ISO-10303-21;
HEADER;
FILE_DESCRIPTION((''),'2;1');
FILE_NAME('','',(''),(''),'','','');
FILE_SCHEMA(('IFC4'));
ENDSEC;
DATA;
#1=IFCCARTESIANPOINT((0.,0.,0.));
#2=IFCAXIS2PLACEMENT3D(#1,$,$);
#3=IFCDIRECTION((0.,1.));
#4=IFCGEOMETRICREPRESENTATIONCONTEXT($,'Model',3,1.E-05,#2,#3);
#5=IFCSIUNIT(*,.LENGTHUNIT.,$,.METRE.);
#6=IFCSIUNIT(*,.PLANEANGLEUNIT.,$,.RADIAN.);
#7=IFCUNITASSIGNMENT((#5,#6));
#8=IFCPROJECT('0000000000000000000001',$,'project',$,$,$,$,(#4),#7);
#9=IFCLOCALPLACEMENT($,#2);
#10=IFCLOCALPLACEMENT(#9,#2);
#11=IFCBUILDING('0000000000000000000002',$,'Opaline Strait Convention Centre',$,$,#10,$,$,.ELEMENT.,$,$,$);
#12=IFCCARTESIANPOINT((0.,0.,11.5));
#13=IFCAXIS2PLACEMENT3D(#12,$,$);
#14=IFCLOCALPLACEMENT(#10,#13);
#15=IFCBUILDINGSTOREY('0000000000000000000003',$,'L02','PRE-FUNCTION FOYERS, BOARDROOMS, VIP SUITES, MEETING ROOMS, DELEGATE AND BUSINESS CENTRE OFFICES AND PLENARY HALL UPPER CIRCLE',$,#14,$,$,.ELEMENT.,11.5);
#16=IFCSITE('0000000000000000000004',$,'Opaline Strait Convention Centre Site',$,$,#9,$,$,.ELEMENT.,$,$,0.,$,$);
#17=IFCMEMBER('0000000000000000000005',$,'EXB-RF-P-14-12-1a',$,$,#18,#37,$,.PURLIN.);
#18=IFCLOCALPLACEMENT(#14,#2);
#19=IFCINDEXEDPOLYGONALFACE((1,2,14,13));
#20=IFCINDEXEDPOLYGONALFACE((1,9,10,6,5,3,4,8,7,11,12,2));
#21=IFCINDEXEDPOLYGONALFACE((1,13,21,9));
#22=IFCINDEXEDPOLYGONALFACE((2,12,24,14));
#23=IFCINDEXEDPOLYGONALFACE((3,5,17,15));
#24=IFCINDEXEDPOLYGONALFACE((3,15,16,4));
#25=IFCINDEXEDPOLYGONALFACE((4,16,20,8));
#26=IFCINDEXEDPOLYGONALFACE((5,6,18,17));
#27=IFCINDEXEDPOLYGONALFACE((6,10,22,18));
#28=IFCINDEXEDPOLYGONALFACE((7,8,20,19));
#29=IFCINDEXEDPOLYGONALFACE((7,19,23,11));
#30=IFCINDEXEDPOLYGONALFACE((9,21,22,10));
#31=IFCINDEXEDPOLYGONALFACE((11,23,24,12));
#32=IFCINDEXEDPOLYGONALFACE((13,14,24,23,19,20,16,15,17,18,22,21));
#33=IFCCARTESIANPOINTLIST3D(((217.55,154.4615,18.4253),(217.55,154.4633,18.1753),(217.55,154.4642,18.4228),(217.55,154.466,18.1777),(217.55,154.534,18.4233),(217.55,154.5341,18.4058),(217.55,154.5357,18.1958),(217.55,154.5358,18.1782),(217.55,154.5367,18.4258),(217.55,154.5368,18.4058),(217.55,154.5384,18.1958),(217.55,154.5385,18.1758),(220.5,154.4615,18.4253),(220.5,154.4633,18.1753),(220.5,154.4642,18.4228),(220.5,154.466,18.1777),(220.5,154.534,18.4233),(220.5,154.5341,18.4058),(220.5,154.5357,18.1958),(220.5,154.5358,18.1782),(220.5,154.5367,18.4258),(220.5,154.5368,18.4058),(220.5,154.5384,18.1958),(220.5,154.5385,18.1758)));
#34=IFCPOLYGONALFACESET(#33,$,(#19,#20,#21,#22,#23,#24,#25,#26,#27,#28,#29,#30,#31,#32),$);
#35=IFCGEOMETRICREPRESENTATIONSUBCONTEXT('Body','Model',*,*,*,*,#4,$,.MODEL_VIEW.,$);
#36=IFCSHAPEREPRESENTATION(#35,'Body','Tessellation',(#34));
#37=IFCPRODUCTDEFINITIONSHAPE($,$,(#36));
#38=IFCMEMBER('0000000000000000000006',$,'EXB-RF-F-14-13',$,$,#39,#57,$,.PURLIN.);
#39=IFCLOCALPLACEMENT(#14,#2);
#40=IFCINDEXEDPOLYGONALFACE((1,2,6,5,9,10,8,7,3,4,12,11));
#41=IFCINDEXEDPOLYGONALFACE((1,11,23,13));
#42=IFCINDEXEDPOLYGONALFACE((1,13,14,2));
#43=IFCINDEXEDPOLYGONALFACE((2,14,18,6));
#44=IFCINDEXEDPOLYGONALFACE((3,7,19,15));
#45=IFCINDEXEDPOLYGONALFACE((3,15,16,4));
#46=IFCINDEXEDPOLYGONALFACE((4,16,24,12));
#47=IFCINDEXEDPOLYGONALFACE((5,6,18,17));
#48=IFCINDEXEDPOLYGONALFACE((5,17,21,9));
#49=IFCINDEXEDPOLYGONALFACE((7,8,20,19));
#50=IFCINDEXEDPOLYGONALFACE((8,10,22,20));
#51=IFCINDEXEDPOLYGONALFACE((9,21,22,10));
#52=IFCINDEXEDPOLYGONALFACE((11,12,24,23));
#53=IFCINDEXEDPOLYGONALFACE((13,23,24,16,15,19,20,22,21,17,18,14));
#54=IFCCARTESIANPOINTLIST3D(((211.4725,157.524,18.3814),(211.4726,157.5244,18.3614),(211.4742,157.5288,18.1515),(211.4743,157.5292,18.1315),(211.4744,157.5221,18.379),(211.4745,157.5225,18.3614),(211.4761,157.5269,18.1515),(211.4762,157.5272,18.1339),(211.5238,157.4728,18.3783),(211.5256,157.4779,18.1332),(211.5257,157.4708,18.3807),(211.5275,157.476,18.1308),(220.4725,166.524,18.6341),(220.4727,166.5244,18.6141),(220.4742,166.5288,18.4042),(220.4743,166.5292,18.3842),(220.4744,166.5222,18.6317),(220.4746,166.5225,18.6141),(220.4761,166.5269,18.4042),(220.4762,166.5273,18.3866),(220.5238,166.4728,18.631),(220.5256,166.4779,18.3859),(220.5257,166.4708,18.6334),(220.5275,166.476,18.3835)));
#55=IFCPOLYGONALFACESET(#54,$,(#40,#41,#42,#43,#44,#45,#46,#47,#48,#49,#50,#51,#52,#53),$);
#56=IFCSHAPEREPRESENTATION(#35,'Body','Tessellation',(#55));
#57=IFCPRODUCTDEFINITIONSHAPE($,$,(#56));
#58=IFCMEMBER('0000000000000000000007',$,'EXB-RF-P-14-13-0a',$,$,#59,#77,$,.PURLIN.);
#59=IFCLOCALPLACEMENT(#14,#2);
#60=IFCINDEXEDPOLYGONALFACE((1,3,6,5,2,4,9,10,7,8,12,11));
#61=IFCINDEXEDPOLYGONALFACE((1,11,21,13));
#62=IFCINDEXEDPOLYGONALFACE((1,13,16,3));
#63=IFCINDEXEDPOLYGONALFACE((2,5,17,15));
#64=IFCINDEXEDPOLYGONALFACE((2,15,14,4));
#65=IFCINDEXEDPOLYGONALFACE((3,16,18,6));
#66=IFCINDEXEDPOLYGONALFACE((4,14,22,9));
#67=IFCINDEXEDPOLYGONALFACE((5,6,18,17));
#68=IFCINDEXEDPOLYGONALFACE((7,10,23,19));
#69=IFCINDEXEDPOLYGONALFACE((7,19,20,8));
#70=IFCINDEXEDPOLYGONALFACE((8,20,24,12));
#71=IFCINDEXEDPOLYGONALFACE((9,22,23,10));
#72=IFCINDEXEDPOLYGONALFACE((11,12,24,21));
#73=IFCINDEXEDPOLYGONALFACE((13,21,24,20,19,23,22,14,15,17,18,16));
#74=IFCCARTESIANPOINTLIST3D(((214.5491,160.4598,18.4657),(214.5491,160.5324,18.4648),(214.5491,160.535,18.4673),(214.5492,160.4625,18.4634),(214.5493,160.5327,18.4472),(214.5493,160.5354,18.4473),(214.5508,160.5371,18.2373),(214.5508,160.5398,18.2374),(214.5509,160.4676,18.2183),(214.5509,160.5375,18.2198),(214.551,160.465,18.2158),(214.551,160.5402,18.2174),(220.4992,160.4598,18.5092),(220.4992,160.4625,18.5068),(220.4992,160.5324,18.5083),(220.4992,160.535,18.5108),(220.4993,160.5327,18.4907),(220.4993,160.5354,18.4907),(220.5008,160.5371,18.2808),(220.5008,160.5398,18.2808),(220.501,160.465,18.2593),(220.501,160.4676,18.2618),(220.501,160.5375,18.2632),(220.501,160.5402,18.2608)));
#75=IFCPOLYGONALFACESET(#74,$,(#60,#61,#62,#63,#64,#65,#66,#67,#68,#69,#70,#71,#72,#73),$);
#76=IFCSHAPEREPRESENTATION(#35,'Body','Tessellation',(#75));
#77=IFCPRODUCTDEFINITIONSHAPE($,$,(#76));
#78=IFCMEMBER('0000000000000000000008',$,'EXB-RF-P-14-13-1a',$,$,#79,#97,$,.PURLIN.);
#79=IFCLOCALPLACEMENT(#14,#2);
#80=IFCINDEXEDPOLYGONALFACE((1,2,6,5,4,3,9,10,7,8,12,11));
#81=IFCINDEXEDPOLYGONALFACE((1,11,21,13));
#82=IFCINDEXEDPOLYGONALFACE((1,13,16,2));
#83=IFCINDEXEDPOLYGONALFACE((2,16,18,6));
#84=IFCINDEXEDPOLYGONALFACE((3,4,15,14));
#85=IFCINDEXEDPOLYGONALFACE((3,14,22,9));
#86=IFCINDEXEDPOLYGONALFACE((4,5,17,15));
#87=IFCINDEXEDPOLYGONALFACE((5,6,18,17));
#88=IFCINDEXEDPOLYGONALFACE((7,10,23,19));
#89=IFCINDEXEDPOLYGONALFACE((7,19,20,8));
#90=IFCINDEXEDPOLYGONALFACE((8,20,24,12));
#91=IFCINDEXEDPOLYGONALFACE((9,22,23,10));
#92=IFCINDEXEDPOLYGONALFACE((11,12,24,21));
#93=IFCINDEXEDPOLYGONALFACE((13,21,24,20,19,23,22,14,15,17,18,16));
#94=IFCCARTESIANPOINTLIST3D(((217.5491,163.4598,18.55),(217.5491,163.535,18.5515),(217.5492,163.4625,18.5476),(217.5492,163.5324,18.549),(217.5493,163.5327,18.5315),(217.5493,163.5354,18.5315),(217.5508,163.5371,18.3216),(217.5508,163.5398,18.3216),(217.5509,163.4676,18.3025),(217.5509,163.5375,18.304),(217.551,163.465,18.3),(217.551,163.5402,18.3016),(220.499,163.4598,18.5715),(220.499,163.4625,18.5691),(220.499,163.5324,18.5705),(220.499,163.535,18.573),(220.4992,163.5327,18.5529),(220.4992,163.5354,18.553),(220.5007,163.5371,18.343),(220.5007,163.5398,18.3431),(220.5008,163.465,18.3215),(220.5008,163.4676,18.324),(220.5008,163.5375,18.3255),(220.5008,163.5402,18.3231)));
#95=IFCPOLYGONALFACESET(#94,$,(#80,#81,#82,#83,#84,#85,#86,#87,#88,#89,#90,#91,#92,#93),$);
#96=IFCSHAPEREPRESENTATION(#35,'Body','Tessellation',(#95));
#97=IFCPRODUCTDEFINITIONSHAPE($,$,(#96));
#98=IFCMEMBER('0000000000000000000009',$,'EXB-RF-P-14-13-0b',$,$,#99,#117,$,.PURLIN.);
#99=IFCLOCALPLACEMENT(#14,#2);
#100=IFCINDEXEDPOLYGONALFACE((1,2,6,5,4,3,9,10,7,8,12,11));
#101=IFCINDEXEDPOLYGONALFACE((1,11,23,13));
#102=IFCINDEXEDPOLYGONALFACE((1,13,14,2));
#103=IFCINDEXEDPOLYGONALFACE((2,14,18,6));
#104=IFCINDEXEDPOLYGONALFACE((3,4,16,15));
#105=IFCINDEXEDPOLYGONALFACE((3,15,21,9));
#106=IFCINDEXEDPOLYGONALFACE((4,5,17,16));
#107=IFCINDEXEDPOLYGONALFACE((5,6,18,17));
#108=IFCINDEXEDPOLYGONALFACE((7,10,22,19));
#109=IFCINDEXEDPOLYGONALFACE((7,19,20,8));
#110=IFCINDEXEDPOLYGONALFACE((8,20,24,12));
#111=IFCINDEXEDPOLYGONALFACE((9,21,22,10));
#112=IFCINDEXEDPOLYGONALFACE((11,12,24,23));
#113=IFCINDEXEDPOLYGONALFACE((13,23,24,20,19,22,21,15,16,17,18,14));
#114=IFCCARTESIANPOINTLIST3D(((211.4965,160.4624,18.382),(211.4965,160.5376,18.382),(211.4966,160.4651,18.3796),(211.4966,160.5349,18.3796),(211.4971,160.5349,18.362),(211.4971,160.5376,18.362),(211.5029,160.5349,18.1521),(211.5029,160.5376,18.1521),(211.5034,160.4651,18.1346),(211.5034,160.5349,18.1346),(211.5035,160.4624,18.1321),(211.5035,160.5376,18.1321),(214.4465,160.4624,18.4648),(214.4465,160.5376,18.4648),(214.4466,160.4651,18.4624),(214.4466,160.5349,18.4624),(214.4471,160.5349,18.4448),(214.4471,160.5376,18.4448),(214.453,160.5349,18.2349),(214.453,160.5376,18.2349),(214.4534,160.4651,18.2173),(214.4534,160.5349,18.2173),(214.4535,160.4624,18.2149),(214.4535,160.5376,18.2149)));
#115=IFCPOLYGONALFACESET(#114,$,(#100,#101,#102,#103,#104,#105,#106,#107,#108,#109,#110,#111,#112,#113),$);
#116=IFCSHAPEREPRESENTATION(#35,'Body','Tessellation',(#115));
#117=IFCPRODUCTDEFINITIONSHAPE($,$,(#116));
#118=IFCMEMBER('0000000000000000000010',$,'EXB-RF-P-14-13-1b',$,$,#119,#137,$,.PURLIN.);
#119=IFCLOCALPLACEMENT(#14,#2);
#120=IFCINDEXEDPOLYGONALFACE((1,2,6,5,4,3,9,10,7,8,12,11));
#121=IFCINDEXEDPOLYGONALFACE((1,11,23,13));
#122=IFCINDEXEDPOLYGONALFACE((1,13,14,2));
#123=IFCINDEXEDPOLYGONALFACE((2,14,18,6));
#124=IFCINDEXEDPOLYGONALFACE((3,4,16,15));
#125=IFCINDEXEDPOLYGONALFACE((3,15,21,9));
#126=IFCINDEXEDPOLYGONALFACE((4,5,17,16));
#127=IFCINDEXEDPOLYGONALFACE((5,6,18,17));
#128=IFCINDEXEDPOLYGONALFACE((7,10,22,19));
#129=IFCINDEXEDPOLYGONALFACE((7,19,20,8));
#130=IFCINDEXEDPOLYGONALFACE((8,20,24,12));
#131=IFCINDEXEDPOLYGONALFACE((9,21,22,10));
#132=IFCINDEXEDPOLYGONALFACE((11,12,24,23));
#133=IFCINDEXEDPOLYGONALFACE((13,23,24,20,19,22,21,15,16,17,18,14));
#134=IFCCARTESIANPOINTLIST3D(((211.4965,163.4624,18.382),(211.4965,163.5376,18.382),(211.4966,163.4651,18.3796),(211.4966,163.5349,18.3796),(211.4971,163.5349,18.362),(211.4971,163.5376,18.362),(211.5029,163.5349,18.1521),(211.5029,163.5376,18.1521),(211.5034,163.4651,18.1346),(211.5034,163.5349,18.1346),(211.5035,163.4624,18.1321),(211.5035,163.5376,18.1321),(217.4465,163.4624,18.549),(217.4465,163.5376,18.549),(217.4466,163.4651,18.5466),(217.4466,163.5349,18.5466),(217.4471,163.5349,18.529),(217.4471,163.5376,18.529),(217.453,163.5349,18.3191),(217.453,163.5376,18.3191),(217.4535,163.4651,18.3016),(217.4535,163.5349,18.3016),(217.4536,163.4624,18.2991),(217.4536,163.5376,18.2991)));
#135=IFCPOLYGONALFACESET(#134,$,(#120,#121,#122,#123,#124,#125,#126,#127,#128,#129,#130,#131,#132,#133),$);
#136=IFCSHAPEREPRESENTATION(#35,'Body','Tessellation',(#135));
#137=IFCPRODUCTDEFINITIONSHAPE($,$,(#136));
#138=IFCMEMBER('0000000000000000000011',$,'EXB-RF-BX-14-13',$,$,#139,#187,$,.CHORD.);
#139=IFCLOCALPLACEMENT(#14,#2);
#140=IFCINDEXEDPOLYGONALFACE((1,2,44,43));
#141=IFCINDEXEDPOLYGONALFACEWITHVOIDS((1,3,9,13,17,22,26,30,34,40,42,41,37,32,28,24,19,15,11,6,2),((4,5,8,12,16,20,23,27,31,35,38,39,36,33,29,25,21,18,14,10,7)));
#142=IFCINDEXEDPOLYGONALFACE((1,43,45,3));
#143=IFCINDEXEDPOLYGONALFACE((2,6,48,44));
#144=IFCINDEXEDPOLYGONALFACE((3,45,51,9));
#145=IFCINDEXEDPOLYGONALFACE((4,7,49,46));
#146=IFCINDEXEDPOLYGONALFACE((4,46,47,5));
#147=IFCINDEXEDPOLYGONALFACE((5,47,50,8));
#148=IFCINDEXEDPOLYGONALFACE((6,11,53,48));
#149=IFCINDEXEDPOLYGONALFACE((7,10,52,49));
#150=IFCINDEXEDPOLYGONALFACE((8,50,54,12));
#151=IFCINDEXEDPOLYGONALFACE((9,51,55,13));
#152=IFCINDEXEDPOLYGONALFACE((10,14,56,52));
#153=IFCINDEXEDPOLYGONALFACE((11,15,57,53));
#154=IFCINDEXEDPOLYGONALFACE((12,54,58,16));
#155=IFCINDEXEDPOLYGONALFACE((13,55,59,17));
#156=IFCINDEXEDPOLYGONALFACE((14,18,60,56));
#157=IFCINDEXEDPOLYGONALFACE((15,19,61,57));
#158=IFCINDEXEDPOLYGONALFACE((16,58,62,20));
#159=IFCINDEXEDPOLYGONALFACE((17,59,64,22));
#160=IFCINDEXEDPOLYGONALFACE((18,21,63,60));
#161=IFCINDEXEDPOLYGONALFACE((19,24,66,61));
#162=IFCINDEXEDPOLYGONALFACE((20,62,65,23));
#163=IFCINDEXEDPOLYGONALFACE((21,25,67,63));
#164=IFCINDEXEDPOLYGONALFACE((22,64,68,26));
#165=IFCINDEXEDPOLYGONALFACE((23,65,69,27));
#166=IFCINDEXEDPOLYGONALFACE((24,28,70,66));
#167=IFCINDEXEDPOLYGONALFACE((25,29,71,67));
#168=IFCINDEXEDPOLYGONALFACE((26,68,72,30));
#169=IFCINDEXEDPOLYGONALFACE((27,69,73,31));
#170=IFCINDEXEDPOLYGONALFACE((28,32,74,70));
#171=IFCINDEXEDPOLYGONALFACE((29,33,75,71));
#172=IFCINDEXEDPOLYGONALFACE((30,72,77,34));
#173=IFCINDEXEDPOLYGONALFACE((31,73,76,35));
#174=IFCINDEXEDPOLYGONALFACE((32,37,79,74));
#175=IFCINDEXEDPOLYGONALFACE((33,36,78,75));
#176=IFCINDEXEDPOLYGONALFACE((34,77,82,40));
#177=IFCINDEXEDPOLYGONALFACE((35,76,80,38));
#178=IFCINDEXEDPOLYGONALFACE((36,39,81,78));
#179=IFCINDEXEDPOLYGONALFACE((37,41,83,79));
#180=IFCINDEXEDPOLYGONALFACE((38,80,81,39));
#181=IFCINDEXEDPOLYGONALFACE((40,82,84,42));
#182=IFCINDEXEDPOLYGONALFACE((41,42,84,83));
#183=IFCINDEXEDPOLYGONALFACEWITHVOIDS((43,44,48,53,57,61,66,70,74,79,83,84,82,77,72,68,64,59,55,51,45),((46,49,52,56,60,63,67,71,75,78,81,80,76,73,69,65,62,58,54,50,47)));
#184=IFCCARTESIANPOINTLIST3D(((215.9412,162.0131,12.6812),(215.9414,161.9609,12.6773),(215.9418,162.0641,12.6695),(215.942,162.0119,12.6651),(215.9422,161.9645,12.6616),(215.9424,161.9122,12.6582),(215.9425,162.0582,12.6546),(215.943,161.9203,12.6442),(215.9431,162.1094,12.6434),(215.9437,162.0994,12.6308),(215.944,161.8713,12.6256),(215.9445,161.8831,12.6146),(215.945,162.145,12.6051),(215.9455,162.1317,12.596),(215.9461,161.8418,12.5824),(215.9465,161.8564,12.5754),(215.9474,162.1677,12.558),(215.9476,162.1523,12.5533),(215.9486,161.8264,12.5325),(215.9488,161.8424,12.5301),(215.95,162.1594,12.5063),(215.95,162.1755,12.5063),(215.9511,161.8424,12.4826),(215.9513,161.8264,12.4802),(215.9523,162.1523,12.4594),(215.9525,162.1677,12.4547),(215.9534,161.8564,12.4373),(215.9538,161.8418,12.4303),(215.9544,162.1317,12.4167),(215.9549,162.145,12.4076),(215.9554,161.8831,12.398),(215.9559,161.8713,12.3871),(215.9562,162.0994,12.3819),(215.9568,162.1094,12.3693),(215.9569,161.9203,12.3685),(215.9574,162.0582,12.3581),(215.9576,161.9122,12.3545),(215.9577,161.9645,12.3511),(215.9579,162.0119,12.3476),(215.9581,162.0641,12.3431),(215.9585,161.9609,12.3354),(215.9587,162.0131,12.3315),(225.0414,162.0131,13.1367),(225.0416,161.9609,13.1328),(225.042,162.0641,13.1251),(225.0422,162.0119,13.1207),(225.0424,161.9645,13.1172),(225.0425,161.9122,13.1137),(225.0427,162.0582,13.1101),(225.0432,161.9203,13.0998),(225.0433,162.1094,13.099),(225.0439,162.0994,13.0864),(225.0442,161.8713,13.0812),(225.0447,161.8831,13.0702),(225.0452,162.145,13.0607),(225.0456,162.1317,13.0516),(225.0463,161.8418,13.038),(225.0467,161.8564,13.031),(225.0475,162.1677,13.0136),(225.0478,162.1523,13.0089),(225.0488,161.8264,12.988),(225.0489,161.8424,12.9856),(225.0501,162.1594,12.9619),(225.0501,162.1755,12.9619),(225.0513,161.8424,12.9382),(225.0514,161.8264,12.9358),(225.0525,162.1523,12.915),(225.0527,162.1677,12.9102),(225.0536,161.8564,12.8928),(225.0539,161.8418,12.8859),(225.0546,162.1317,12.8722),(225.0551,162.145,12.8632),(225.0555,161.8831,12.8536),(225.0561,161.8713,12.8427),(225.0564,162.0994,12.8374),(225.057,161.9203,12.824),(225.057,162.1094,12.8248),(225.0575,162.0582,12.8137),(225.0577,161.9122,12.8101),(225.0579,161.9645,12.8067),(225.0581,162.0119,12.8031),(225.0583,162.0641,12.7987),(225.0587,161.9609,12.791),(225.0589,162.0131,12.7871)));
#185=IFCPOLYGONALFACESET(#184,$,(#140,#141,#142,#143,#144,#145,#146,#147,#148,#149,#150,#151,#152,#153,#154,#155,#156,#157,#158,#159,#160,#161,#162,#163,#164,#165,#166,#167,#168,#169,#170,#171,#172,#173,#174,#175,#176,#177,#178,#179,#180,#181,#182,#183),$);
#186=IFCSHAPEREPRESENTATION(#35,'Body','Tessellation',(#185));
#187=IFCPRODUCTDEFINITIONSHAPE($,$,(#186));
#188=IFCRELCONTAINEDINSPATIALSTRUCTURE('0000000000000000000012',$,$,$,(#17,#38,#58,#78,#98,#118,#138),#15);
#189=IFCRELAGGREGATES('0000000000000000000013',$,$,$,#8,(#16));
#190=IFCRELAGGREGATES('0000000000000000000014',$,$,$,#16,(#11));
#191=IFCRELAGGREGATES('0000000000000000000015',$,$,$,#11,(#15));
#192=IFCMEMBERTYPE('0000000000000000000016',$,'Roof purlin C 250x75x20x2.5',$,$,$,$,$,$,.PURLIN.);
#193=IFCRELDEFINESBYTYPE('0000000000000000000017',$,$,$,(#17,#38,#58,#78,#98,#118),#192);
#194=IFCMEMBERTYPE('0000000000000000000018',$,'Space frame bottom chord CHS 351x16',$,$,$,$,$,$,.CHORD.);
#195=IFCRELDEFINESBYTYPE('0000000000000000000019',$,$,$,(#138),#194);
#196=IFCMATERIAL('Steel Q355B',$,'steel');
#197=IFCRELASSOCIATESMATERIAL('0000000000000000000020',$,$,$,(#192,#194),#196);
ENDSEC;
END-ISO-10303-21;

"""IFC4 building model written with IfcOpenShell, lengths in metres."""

from ifc_helpers import new_model, si_unit, direction, frame, origin, origin_2d, place, context, subcontext, project, spatial, polyline, hollow_circle, outline, extrude, material, material_profile, profile_set, type_object, element, save


model = new_model("IFC4")

# Units and contexts
model_context = context("Model", 3, precision=1e-05, world=origin(), true_north=direction((0.0, 1.0)))
body_context = subcontext(model_context, "Body", "Model", "MODEL_VIEW")
ifc_project = project(units=[si_unit("LENGTHUNIT", "METRE"), si_unit("PLANEANGLEUNIT", "RADIAN")], contexts=[model_context])

# Site, building, storey
site_placement = place(None, origin())
site = spatial("IfcSite", under=ifc_project, at=site_placement, Name="Opaline Strait Convention Centre Site", CompositionType="ELEMENT", RefElevation=0.0)
building_placement = place(site_placement, origin())
building = spatial("IfcBuilding", under=site, at=building_placement, Name="Opaline Strait Convention Centre", CompositionType="ELEMENT")
storey_placement = place(building_placement, frame((0.0, 0.0, 11.5)))
storey = spatial("IfcBuildingStorey", under=building, at=storey_placement, Name="L02", Description="PRE-FUNCTION FOYERS, BOARDROOMS, VIP SUITES, MEETING ROOMS, DELEGATE AND BUSINESS CENTRE OFFICES AND PLENARY HALL UPPER CIRCLE", CompositionType="ELEMENT", Elevation=11.5)

# Members
ifc_material_1 = material(Name="Steel Q355B", Category="steel")
ifc_material_profile_1 = material_profile(ifc_material_1, outline(polyline([(-0.0376, -0.125), (0.0376, -0.125), (0.0376, -0.105), (0.0349, -0.105), (0.0349, -0.1226), (-0.0349, -0.1226), (-0.0349, 0.1226), (0.0349, 0.1226), (0.0349, 0.105), (0.0376, 0.105), (0.0376, 0.125), (-0.0376, 0.125), (-0.0376, -0.125)])), Name="C 250x75x20x2.5")
ifc_profile_set_1 = profile_set([ifc_material_profile_1], Name="Steel Q355B")
member_type_1 = type_object("IfcMemberType", Name="Roof purlin C 250x75x20x2.5", PredefinedType="PURLIN", material=ifc_profile_set_1)
member_1_placement = place(storey_placement, frame((217.55, 154.5, 18.3005), z_axis=(1.0, 0.0, 0.0), x_axis=(0.0, 0.999974, 0.007274)))
element("IfcMember", 1, at=member_1_placement, inside=storey, type_object=member_type_1, Name="EXB-RF-P-14-12-1a", PredefinedType="PURLIN", context=body_context, shape_type="SweptSolid", body=[
    extrude(outline(polyline([(-0.0376, -0.125), (0.0376, -0.125), (0.0376, -0.105), (0.0349, -0.105), (0.0349, -0.1226), (-0.0349, -0.1226), (-0.0349, 0.1226), (0.0349, 0.1226), (0.0349, 0.105), (0.0376, 0.105), (0.0376, 0.125), (-0.0376, 0.125), (-0.0376, -0.125)])), origin(), (0.0, 0.0, 1.0), 2.95),
])
member_2_placement = place(storey_placement, frame((211.5, 157.5, 18.2561), z_axis=(0.706967, 0.706967, 0.019849), x_axis=(-0.707209, 0.70694, 0.009562)))
element("IfcMember", 2, at=member_2_placement, inside=storey, type_object=member_type_1, Name="EXB-RF-F-14-13", PredefinedType="PURLIN", context=body_context, shape_type="SweptSolid", body=[
    extrude(outline(polyline([(-0.0376, -0.125), (0.0376, -0.125), (0.0376, -0.105), (0.0349, -0.105), (0.0349, -0.1226), (-0.0349, -0.1226), (-0.0349, 0.1226), (0.0349, 0.1226), (0.0349, 0.105), (0.0376, 0.105), (0.0376, 0.125), (-0.0376, 0.125), (-0.0376, -0.125)])), origin(), (0.0, 0.0, 1.0), 12.7305),
])
member_3_placement = place(storey_placement, frame((214.55, 160.5, 18.3416), z_axis=(0.999973, 0.0, 0.007304), x_axis=(-0.000152, 0.999784, 0.020799)))
element("IfcMember", 3, at=member_3_placement, inside=storey, type_object=member_type_1, Name="EXB-RF-P-14-13-0a", PredefinedType="PURLIN", context=body_context, shape_type="SweptSolid", body=[
    extrude(outline(polyline([(-0.0376, -0.125), (0.0376, -0.125), (0.0376, -0.105), (0.0349, -0.105), (0.0349, -0.1226), (-0.0349, -0.1226), (-0.0349, 0.1226), (0.0349, 0.1226), (0.0349, 0.105), (0.0376, 0.105), (0.0376, 0.125), (-0.0376, 0.125), (-0.0376, -0.125)])), origin(), (0.0, 0.0, 1.0), 5.9502),
])
member_4_placement = place(storey_placement, frame((217.55, 163.5, 18.4258), z_axis=(0.999973, 0.0, 0.007283), x_axis=(-0.000151, 0.999784, 0.020799)))
element("IfcMember", 4, at=member_4_placement, inside=storey, type_object=member_type_1, Name="EXB-RF-P-14-13-1a", PredefinedType="PURLIN", context=body_context, shape_type="SweptSolid", body=[
    extrude(outline(polyline([(-0.0376, -0.125), (0.0376, -0.125), (0.0376, -0.105), (0.0349, -0.105), (0.0349, -0.1226), (-0.0349, -0.1226), (-0.0349, 0.1226), (0.0349, 0.1226), (0.0349, 0.105), (0.0376, 0.105), (0.0376, 0.125), (-0.0376, 0.125), (-0.0376, -0.125)])), origin(), (0.0, 0.0, 1.0), 2.95),
])
member_5_placement = place(storey_placement, frame((211.5, 160.5, 18.2571), z_axis=(0.999607, 0.0, 0.028045), x_axis=(0.0, 1.0, 0.0)))
element("IfcMember", 5, at=member_5_placement, inside=storey, type_object=member_type_1, Name="EXB-RF-P-14-13-0b", PredefinedType="PURLIN", context=body_context, shape_type="SweptSolid", body=[
    extrude(outline(polyline([(-0.0376, -0.125), (0.0376, -0.125), (0.0376, -0.105), (0.0349, -0.105), (0.0349, -0.1226), (-0.0349, -0.1226), (-0.0349, 0.1226), (0.0349, 0.1226), (0.0349, 0.105), (0.0376, 0.105), (0.0376, 0.125), (-0.0376, 0.125), (-0.0376, -0.125)])), origin(), (0.0, 0.0, 1.0), 2.9512),
])
member_6_placement = place(storey_placement, frame((211.5, 163.5, 18.2571), z_axis=(0.999606, 0.0, 0.028055), x_axis=(0.0, 1.0, 0.0)))
element("IfcMember", 6, at=member_6_placement, inside=storey, type_object=member_type_1, Name="EXB-RF-P-14-13-1b", PredefinedType="PURLIN", context=body_context, shape_type="SweptSolid", body=[
    extrude(outline(polyline([(-0.0376, -0.125), (0.0376, -0.125), (0.0376, -0.105), (0.0349, -0.105), (0.0349, -0.1226), (-0.0349, -0.1226), (-0.0349, 0.1226), (0.0349, 0.1226), (0.0349, 0.105), (0.0376, 0.105), (0.0376, 0.125), (-0.0376, 0.125), (-0.0376, -0.125)])), origin(), (0.0, 0.0, 1.0), 5.9524),
])
ifc_material_profile_2 = material_profile(ifc_material_1, hollow_circle(Radius=0.1755, WallThickness=0.0161, at=origin_2d()), Name="CHS 351x16")
ifc_profile_set_2 = profile_set([ifc_material_profile_2], Name="Steel Q355B")
member_type_2 = type_object("IfcMemberType", Name="Space frame bottom chord CHS 351x16", PredefinedType="CHORD", material=ifc_profile_set_2)
member_7_placement = place(storey_placement, frame((215.95, 162.0, 12.5063), z_axis=(0.998749, 0.0, 0.049999), x_axis=(0.0, 1.0, 0.0)))
element("IfcMember", 7, at=member_7_placement, inside=storey, type_object=member_type_2, Name="EXB-RF-BX-14-13", PredefinedType="CHORD", context=body_context, shape_type="SweptSolid", body=[
    extrude(hollow_circle(Radius=0.1755, WallThickness=0.0161, at=origin_2d()), origin(), (0.0, 0.0, 1.0), 9.1116),
])

save(model, "model.ifc")
